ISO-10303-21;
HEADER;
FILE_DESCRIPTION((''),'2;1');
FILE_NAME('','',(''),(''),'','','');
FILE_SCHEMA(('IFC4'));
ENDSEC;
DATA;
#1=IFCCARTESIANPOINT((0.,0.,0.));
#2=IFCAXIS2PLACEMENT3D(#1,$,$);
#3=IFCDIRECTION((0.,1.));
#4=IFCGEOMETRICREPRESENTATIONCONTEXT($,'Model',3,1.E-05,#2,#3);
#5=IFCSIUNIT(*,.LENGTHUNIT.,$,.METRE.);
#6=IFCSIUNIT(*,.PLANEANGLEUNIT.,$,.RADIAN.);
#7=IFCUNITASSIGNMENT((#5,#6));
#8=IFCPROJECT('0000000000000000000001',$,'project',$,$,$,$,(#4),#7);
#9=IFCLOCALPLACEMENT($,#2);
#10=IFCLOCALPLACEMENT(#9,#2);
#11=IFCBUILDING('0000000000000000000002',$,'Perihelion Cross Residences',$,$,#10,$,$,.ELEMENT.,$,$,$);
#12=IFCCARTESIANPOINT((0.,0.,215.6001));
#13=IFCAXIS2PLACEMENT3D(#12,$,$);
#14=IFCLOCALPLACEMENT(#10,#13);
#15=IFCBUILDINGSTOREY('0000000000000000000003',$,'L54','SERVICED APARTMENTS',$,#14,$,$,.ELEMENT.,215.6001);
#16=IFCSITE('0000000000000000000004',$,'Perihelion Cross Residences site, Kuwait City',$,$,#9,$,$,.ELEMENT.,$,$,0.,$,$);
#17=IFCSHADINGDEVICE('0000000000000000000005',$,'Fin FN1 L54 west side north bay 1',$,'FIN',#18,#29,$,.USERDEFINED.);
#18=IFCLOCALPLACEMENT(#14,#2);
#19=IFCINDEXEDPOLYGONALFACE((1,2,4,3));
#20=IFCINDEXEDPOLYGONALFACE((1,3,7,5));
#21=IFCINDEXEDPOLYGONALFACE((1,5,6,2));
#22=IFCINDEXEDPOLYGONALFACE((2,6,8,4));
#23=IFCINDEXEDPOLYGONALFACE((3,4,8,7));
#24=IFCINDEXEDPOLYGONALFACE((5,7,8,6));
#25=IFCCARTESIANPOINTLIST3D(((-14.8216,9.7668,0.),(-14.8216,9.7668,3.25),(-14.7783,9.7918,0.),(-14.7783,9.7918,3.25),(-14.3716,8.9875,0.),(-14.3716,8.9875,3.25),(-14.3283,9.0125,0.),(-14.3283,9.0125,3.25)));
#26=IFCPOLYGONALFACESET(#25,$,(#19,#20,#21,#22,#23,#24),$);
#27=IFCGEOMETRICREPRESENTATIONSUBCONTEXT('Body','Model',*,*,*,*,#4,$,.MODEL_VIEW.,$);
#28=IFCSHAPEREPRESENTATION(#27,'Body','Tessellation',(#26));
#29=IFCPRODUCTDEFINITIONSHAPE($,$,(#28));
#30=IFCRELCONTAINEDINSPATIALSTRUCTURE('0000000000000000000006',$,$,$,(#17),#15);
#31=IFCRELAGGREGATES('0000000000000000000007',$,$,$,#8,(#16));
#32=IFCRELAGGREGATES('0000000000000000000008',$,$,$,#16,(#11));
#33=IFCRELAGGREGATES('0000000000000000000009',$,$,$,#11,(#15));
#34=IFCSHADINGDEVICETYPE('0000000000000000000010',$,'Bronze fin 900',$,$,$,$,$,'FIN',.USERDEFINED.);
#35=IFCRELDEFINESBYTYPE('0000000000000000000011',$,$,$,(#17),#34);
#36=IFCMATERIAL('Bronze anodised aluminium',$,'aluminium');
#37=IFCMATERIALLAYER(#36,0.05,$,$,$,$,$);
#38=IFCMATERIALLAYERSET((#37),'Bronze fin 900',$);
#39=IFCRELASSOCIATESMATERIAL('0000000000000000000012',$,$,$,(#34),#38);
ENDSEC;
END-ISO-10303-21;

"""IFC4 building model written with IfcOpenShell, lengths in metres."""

from ifc_helpers import new_model, si_unit, direction, frame, origin, origin_2d, place, context, subcontext, project, spatial, rectangle, extrude, material, layer, layer_set, type_object, element, save


model = new_model("IFC4")

# Units and contexts
model_context = context("Model", 3, precision=1e-05, world=origin(), true_north=direction((0.0, 1.0)))
body_context = subcontext(model_context, "Body", "Model", "MODEL_VIEW")
ifc_project = project(units=[si_unit("LENGTHUNIT", "METRE"), si_unit("PLANEANGLEUNIT", "RADIAN")], contexts=[model_context])

# Site, building, storey
site_placement = place(None, origin())
site = spatial("IfcSite", under=ifc_project, at=site_placement, Name="Perihelion Cross Residences site, Kuwait City", CompositionType="ELEMENT", RefElevation=0.0)
building_placement = place(site_placement, origin())
building = spatial("IfcBuilding", under=site, at=building_placement, Name="Perihelion Cross Residences", CompositionType="ELEMENT")
storey_placement = place(building_placement, frame((0.0, 0.0, 215.6001)))
storey = spatial("IfcBuildingStorey", under=building, at=storey_placement, Name="L54", Description="SERVICED APARTMENTS", CompositionType="ELEMENT", Elevation=215.6001)

# Shading device
ifc_material_1 = material(Name="Bronze anodised aluminium", Category="aluminium")
ifc_layer_1 = layer(ifc_material_1, 0.05)
ifc_layer_set_1 = layer_set([ifc_layer_1], Name="Bronze fin 900")
shading_device_type = type_object("IfcShadingDeviceType", Name="Bronze fin 900", ElementType="FIN", PredefinedType="USERDEFINED", material=ifc_layer_set_1)
shading_device_placement = place(storey_placement, frame((-14.575, 9.3896, 0.0), z_axis=(0.0, 0.0, 1.0), x_axis=(-0.5, 0.866025, 0.0)))
element("IfcShadingDevice", 1, at=shading_device_placement, inside=storey, type_object=shading_device_type, Name="Fin FN1 L54 west side north bay 1", ObjectType="FIN", PredefinedType="USERDEFINED", context=body_context, shape_type="SweptSolid", body=[
    extrude(rectangle(XDim=0.8999, YDim=0.05, at=origin_2d()), origin(), (0.0, 0.0, 1.0), 3.25),
])

save(model, "model.ifc")
